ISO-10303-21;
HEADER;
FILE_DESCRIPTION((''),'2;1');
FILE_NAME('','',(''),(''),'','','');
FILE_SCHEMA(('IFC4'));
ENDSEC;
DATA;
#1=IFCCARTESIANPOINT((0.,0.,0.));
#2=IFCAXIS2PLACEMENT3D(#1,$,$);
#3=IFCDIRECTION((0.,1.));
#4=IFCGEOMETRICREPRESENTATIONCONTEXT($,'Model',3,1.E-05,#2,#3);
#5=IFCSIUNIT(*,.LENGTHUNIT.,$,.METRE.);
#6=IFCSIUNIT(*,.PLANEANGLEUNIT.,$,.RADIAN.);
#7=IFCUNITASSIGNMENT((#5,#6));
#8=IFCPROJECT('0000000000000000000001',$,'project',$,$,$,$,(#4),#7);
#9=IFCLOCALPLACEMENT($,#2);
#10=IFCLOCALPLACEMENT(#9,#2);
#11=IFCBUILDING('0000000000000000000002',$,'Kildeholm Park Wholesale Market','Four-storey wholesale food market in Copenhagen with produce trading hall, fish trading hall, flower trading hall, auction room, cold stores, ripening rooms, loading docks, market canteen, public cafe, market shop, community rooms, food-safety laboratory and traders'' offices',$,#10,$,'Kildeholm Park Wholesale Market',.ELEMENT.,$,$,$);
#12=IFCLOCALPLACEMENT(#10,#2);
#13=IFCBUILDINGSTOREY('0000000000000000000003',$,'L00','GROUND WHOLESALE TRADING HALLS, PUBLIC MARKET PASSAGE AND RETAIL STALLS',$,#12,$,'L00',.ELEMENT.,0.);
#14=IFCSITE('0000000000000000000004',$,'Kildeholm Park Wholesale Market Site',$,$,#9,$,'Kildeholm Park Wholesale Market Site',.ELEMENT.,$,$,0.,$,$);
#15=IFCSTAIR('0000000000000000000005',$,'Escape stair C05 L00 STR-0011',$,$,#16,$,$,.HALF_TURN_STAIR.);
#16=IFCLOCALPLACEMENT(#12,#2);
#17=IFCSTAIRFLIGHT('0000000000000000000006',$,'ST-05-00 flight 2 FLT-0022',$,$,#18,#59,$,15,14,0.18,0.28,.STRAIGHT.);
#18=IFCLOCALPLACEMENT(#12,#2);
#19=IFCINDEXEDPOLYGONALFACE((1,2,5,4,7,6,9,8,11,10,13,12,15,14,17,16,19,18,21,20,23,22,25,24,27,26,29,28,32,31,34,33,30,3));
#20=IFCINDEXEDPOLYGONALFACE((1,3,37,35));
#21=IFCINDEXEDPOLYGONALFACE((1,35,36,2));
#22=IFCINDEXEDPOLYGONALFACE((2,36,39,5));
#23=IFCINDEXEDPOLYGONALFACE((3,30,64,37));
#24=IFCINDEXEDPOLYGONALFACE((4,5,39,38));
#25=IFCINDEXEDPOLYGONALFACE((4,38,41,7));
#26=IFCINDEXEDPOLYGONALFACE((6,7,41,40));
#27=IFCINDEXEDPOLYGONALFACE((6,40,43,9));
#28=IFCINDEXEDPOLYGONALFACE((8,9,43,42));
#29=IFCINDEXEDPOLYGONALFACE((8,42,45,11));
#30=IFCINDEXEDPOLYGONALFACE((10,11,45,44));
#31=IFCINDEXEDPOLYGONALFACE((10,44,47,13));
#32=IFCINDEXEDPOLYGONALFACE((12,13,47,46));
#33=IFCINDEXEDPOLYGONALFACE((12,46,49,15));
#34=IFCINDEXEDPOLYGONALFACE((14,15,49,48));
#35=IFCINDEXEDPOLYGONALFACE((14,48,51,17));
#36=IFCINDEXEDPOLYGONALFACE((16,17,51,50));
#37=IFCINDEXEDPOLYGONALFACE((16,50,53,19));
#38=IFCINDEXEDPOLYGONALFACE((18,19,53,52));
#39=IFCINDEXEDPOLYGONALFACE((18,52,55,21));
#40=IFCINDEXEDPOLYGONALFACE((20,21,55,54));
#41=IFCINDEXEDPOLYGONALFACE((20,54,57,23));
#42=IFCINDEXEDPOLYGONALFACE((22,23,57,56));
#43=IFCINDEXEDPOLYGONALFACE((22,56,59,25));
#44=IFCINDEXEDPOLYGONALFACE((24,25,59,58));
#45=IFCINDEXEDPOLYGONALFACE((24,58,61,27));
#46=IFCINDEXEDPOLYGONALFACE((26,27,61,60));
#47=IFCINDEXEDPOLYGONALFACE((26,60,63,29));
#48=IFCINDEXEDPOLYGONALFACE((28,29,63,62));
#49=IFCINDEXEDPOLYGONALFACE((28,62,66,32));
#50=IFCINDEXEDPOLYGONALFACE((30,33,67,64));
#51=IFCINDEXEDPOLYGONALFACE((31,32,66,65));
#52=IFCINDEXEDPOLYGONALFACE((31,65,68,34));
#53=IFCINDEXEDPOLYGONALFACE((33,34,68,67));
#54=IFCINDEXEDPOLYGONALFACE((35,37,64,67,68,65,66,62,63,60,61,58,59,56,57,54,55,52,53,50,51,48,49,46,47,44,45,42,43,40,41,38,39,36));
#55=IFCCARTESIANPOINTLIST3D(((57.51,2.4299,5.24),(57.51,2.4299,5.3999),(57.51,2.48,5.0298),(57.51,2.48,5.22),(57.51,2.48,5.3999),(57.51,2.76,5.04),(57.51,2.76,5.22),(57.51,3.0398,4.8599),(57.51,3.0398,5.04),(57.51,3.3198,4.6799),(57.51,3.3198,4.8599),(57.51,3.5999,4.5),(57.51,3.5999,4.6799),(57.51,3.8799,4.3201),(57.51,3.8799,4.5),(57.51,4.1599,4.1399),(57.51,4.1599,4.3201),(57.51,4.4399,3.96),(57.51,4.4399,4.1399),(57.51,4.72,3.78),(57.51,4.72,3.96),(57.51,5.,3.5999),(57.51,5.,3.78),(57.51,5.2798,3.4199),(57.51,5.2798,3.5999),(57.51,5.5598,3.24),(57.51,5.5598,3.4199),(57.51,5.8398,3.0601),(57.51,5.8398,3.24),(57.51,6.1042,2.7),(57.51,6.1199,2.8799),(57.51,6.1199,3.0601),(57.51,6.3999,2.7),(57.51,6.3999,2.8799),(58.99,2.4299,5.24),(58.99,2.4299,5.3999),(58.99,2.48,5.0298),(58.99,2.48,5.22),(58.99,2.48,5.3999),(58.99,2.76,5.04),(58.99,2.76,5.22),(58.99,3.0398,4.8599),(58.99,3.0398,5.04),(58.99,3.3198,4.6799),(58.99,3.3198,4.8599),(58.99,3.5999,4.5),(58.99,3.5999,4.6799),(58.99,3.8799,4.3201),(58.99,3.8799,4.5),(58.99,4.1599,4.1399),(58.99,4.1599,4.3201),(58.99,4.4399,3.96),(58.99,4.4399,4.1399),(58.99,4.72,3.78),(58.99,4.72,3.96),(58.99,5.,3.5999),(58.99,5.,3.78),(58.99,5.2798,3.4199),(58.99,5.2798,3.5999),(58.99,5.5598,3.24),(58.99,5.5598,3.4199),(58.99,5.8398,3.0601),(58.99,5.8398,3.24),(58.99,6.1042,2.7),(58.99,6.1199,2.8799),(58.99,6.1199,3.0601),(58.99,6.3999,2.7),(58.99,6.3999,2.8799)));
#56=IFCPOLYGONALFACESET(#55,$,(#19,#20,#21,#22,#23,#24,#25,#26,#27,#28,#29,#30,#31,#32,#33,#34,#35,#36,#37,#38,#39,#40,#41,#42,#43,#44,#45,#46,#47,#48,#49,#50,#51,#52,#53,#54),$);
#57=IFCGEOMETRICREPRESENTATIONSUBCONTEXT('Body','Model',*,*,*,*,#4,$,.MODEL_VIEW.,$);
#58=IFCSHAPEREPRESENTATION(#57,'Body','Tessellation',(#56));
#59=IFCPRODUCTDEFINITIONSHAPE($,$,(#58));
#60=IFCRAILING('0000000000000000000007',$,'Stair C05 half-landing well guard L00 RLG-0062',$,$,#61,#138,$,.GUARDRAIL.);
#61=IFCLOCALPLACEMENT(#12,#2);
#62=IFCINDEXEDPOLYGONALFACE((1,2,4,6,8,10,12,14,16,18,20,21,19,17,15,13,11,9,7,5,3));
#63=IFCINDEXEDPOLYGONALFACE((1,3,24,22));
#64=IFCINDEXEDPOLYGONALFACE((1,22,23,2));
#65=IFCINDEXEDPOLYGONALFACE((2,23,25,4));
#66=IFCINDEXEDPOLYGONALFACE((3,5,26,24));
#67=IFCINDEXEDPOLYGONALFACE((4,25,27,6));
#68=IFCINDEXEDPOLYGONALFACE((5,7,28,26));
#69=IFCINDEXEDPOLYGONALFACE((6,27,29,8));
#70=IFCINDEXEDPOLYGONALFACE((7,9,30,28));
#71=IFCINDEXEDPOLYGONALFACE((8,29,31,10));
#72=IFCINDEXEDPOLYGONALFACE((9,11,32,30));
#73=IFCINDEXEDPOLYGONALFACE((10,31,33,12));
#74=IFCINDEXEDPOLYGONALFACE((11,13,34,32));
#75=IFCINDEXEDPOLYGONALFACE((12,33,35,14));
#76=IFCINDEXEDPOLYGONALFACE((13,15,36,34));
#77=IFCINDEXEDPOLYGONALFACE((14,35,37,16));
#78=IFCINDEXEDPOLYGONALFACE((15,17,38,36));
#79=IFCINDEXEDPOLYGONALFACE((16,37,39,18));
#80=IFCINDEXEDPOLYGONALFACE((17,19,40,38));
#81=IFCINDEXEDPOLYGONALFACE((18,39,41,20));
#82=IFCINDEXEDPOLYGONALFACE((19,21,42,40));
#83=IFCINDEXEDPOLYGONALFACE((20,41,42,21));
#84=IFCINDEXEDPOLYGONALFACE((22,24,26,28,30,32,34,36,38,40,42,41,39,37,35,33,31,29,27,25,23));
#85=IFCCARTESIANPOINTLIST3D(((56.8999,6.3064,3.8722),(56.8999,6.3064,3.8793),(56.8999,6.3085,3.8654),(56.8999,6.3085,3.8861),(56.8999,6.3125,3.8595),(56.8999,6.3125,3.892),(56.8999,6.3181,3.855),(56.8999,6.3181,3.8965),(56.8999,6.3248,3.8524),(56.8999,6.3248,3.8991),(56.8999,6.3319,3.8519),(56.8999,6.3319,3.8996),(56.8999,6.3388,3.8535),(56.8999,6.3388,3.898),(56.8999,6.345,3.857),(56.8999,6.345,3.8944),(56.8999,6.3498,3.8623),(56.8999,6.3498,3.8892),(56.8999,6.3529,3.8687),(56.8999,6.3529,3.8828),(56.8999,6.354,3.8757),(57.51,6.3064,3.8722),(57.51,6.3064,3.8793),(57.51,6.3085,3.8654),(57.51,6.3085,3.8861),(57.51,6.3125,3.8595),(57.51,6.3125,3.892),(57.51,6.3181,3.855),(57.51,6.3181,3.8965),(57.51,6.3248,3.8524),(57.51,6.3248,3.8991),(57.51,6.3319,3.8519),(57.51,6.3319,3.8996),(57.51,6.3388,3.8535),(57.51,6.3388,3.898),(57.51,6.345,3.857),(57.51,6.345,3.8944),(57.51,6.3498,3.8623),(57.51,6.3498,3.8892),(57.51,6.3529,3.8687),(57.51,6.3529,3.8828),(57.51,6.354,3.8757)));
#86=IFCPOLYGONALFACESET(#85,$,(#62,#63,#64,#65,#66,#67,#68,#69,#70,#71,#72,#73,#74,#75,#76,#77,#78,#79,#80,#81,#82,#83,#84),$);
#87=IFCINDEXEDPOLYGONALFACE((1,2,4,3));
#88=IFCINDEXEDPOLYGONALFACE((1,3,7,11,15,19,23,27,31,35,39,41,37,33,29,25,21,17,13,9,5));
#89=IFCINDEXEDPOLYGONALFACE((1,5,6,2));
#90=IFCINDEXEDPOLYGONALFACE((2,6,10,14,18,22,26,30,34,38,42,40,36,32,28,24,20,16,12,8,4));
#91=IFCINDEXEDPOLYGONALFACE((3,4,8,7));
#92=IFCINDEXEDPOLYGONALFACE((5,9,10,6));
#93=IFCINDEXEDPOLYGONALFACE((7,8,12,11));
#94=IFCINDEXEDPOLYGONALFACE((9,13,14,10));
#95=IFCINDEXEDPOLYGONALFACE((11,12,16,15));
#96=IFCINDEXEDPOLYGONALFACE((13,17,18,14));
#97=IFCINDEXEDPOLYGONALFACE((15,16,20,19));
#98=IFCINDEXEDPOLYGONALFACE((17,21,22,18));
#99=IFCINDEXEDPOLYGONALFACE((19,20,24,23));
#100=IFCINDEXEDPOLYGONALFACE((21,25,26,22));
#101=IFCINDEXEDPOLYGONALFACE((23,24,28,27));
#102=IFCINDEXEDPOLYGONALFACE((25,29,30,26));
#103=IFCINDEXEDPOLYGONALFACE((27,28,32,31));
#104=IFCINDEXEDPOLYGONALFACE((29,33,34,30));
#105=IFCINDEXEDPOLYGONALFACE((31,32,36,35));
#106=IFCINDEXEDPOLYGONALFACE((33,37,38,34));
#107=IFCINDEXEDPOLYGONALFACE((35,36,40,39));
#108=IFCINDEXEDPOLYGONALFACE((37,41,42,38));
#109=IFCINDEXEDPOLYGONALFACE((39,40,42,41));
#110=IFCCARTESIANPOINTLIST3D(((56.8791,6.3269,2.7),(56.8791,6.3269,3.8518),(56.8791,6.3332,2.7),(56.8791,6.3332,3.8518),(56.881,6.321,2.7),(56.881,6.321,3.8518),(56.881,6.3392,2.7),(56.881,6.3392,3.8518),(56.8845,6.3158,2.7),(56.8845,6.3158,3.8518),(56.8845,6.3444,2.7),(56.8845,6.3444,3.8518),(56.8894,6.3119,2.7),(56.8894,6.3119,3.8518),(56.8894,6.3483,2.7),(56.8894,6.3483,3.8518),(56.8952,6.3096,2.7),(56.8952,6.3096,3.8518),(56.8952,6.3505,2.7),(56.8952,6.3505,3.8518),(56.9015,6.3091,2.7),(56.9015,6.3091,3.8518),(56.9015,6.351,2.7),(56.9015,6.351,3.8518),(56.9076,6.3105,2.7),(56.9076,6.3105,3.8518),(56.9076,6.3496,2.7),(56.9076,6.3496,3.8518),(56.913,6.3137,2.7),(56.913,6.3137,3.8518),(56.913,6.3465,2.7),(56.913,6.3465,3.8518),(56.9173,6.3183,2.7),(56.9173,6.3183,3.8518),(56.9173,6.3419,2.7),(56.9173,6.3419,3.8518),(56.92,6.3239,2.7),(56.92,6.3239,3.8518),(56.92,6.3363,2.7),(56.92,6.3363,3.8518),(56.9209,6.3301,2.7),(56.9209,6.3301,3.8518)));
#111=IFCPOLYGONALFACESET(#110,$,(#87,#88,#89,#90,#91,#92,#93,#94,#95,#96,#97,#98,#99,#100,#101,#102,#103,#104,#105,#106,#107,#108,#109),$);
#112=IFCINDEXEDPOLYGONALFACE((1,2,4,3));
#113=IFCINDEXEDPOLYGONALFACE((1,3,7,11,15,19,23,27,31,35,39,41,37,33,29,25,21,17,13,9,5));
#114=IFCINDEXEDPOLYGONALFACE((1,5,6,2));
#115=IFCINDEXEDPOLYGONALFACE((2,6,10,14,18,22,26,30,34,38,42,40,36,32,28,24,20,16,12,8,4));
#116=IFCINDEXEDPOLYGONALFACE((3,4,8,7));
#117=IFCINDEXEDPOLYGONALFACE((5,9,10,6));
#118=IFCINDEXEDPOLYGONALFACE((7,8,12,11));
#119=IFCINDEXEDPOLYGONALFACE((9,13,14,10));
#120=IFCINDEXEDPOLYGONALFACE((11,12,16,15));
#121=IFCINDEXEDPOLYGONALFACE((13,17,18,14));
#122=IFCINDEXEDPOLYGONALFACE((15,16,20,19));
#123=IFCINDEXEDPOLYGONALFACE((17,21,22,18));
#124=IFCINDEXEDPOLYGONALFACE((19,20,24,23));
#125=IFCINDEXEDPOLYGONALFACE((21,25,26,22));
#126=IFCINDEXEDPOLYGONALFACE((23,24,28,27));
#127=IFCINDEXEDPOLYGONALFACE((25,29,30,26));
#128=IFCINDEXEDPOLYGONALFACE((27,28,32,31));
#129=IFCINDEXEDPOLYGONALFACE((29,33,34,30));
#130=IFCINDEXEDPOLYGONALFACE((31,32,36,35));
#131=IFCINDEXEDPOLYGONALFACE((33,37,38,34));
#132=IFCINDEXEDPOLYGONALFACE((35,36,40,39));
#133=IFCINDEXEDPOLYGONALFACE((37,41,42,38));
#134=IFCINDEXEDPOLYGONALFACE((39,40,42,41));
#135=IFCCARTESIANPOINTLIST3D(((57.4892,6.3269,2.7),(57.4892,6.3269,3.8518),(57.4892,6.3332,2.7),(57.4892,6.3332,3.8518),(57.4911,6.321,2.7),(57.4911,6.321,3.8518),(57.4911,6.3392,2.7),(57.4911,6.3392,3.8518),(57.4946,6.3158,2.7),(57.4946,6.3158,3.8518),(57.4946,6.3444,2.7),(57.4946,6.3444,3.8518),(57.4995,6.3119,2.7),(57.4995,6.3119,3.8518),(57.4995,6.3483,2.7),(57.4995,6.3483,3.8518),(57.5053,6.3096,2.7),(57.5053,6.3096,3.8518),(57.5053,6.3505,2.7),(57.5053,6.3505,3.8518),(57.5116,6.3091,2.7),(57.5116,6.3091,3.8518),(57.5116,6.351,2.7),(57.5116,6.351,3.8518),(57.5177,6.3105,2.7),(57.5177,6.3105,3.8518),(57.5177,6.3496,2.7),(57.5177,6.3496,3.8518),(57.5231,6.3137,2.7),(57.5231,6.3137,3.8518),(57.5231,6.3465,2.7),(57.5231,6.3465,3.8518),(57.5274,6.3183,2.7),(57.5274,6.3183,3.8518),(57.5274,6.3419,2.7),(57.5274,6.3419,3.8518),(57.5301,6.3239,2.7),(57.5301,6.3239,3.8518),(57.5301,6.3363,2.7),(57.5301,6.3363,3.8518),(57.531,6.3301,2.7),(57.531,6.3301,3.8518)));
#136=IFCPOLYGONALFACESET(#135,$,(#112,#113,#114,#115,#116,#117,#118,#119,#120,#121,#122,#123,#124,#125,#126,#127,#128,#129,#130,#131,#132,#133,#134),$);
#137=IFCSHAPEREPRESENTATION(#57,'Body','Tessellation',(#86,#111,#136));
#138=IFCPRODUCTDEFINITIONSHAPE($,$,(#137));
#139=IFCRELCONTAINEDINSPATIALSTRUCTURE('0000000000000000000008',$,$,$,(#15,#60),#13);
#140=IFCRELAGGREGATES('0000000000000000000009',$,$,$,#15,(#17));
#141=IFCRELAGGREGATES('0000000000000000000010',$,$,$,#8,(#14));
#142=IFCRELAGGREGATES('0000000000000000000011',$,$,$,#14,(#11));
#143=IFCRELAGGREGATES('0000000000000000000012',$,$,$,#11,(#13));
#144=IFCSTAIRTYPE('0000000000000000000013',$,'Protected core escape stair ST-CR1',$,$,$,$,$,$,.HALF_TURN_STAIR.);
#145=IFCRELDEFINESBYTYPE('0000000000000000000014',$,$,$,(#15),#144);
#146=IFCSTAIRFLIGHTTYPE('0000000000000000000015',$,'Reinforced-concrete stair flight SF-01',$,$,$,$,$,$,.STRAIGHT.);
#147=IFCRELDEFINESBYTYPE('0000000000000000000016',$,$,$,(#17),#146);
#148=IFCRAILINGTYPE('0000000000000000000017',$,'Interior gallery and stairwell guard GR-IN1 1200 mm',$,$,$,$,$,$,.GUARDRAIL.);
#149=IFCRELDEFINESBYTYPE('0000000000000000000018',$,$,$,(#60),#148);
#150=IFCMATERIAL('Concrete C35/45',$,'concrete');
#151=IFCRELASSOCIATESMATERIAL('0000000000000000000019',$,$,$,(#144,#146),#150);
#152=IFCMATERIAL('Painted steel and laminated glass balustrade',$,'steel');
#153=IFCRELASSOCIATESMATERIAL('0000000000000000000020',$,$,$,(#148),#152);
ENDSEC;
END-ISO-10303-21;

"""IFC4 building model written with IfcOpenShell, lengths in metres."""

from ifc_helpers import new_model, si_unit, direction, frame, origin, origin_2d, place, context, subcontext, project, spatial, polyline, circle, outline, extrude, material, type_object, element, aggregate, save


model = new_model("IFC4")

# Units and contexts
model_context = context("Model", 3, precision=1e-05, world=origin(), true_north=direction((0.0, 1.0)))
body_context = subcontext(model_context, "Body", "Model", "MODEL_VIEW")
ifc_project = project(units=[si_unit("LENGTHUNIT", "METRE"), si_unit("PLANEANGLEUNIT", "RADIAN")], contexts=[model_context])

# Site, building, storey
site_placement = place(None, origin())
site = spatial("IfcSite", under=ifc_project, at=site_placement, Name="Kildeholm Park Wholesale Market Site", LongName="Kildeholm Park Wholesale Market Site", CompositionType="ELEMENT", RefElevation=0.0)
building_placement = place(site_placement, origin())
building = spatial("IfcBuilding", under=site, at=building_placement, Name="Kildeholm Park Wholesale Market", Description="Four-storey wholesale food market in Copenhagen with produce trading hall, fish trading hall, flower trading hall, auction room, cold stores, ripening rooms, loading docks, market canteen, public cafe, market shop, community rooms, food-safety laboratory and traders' offices", LongName="Kildeholm Park Wholesale Market", CompositionType="ELEMENT")
storey_placement = place(building_placement, origin())
storey = spatial("IfcBuildingStorey", under=building, at=storey_placement, Name="L00", Description="GROUND WHOLESALE TRADING HALLS, PUBLIC MARKET PASSAGE AND RETAIL STALLS", LongName="L00", CompositionType="ELEMENT", Elevation=0.0)

# Shared definitions
ifc_material_1 = material(Name="Concrete C35/45", Category="concrete")

# Stair, stair flight
stair_type = type_object("IfcStairType", Name="Protected core escape stair ST-CR1", PredefinedType="HALF_TURN_STAIR", material=ifc_material_1)
stair_placement = place(storey_placement, origin())
stair = element("IfcStair", 1, at=stair_placement, inside=storey, type_object=stair_type, Name="Escape stair C05 L00 STR-0011", PredefinedType="HALF_TURN_STAIR")
stair_flight_type = type_object("IfcStairFlightType", Name="Reinforced-concrete stair flight SF-01", PredefinedType="STRAIGHT", material=ifc_material_1)
stair_flight_1_placement = place(storey_placement, frame((58.25, 6.3999, 2.7), z_axis=(0.0, 0.0, 1.0), x_axis=(0.0, -1.0, 0.0)))
stair_flight_1 = element("IfcStairFlight", 2, at=stair_flight_1_placement, type_object=stair_flight_type, Name="ST-05-00 flight 2 FLT-0022", NumberOfRisers=15, NumberOfTreads=14, PredefinedType="STRAIGHT", RiserHeight=0.18, TreadLength=0.28, context=body_context, shape_type="SweptSolid", body=[
    extrude(outline(polyline([(0.0, 0.0), (0.0, 0.1799), (0.28, 0.1799), (0.28, 0.3601), (0.5601, 0.3601), (0.5601, 0.54), (0.8401, 0.54), (0.8401, 0.72), (1.1201, 0.72), (1.1201, 0.8999), (1.3999, 0.8999), (1.3999, 1.0801), (1.6799, 1.0801), (1.6799, 1.26), (1.96, 1.26), (1.96, 1.4399), (2.24, 1.4399), (2.24, 1.6201), (2.52, 1.6201), (2.52, 1.8), (2.8, 1.8), (2.8, 1.98), (3.0801, 1.98), (3.0801, 2.1599), (3.3601, 2.1599), (3.3601, 2.3401), (3.6399, 2.3401), (3.6399, 2.52), (3.9199, 2.52), (3.9199, 2.7), (3.97, 2.7), (3.97, 2.54), (3.9199, 2.3298), (0.2957, 0.0), (0.0, 0.0)])), frame((0.0, 0.74, 0.0), z_axis=(0.0, -1.0, 0.0), x_axis=(1.0, 0.0, 0.0)), (0.0, 0.0, 1.0), 1.48),
])
aggregate(stair, [stair_flight_1])

# Railing
ifc_material_2 = material(Name="Painted steel and laminated glass balustrade", Category="steel")
railing_type_1 = type_object("IfcRailingType", Name="Interior gallery and stairwell guard GR-IN1 1200 mm", PredefinedType="GUARDRAIL", material=ifc_material_2)
railing_1_placement = place(storey_placement, frame((56.8999, 6.3301, 2.7)))
element("IfcRailing", 3, at=railing_1_placement, inside=storey, type_object=railing_type_1, Name="Stair C05 half-landing well guard L00 RLG-0062", PredefinedType="GUARDRAIL", context=body_context, shape_type="SweptSolid", body=[
    extrude(circle(Radius=0.0239, at=origin_2d()), frame((0.0, 0.0, 1.1758), z_axis=(1.0, 0.0, 0.0), x_axis=(0.0, 1.0, 0.0)), (0.0, 0.0, 1.0), 0.6101),
    extrude(circle(Radius=0.021, at=origin_2d()), origin(), (0.0, 0.0, 1.0), 1.1519),
    extrude(circle(Radius=0.021, at=origin_2d()), frame((0.6101, 0.0, 0.0)), (0.0, 0.0, 1.0), 1.1519),
])

save(model, "model.ifc")
